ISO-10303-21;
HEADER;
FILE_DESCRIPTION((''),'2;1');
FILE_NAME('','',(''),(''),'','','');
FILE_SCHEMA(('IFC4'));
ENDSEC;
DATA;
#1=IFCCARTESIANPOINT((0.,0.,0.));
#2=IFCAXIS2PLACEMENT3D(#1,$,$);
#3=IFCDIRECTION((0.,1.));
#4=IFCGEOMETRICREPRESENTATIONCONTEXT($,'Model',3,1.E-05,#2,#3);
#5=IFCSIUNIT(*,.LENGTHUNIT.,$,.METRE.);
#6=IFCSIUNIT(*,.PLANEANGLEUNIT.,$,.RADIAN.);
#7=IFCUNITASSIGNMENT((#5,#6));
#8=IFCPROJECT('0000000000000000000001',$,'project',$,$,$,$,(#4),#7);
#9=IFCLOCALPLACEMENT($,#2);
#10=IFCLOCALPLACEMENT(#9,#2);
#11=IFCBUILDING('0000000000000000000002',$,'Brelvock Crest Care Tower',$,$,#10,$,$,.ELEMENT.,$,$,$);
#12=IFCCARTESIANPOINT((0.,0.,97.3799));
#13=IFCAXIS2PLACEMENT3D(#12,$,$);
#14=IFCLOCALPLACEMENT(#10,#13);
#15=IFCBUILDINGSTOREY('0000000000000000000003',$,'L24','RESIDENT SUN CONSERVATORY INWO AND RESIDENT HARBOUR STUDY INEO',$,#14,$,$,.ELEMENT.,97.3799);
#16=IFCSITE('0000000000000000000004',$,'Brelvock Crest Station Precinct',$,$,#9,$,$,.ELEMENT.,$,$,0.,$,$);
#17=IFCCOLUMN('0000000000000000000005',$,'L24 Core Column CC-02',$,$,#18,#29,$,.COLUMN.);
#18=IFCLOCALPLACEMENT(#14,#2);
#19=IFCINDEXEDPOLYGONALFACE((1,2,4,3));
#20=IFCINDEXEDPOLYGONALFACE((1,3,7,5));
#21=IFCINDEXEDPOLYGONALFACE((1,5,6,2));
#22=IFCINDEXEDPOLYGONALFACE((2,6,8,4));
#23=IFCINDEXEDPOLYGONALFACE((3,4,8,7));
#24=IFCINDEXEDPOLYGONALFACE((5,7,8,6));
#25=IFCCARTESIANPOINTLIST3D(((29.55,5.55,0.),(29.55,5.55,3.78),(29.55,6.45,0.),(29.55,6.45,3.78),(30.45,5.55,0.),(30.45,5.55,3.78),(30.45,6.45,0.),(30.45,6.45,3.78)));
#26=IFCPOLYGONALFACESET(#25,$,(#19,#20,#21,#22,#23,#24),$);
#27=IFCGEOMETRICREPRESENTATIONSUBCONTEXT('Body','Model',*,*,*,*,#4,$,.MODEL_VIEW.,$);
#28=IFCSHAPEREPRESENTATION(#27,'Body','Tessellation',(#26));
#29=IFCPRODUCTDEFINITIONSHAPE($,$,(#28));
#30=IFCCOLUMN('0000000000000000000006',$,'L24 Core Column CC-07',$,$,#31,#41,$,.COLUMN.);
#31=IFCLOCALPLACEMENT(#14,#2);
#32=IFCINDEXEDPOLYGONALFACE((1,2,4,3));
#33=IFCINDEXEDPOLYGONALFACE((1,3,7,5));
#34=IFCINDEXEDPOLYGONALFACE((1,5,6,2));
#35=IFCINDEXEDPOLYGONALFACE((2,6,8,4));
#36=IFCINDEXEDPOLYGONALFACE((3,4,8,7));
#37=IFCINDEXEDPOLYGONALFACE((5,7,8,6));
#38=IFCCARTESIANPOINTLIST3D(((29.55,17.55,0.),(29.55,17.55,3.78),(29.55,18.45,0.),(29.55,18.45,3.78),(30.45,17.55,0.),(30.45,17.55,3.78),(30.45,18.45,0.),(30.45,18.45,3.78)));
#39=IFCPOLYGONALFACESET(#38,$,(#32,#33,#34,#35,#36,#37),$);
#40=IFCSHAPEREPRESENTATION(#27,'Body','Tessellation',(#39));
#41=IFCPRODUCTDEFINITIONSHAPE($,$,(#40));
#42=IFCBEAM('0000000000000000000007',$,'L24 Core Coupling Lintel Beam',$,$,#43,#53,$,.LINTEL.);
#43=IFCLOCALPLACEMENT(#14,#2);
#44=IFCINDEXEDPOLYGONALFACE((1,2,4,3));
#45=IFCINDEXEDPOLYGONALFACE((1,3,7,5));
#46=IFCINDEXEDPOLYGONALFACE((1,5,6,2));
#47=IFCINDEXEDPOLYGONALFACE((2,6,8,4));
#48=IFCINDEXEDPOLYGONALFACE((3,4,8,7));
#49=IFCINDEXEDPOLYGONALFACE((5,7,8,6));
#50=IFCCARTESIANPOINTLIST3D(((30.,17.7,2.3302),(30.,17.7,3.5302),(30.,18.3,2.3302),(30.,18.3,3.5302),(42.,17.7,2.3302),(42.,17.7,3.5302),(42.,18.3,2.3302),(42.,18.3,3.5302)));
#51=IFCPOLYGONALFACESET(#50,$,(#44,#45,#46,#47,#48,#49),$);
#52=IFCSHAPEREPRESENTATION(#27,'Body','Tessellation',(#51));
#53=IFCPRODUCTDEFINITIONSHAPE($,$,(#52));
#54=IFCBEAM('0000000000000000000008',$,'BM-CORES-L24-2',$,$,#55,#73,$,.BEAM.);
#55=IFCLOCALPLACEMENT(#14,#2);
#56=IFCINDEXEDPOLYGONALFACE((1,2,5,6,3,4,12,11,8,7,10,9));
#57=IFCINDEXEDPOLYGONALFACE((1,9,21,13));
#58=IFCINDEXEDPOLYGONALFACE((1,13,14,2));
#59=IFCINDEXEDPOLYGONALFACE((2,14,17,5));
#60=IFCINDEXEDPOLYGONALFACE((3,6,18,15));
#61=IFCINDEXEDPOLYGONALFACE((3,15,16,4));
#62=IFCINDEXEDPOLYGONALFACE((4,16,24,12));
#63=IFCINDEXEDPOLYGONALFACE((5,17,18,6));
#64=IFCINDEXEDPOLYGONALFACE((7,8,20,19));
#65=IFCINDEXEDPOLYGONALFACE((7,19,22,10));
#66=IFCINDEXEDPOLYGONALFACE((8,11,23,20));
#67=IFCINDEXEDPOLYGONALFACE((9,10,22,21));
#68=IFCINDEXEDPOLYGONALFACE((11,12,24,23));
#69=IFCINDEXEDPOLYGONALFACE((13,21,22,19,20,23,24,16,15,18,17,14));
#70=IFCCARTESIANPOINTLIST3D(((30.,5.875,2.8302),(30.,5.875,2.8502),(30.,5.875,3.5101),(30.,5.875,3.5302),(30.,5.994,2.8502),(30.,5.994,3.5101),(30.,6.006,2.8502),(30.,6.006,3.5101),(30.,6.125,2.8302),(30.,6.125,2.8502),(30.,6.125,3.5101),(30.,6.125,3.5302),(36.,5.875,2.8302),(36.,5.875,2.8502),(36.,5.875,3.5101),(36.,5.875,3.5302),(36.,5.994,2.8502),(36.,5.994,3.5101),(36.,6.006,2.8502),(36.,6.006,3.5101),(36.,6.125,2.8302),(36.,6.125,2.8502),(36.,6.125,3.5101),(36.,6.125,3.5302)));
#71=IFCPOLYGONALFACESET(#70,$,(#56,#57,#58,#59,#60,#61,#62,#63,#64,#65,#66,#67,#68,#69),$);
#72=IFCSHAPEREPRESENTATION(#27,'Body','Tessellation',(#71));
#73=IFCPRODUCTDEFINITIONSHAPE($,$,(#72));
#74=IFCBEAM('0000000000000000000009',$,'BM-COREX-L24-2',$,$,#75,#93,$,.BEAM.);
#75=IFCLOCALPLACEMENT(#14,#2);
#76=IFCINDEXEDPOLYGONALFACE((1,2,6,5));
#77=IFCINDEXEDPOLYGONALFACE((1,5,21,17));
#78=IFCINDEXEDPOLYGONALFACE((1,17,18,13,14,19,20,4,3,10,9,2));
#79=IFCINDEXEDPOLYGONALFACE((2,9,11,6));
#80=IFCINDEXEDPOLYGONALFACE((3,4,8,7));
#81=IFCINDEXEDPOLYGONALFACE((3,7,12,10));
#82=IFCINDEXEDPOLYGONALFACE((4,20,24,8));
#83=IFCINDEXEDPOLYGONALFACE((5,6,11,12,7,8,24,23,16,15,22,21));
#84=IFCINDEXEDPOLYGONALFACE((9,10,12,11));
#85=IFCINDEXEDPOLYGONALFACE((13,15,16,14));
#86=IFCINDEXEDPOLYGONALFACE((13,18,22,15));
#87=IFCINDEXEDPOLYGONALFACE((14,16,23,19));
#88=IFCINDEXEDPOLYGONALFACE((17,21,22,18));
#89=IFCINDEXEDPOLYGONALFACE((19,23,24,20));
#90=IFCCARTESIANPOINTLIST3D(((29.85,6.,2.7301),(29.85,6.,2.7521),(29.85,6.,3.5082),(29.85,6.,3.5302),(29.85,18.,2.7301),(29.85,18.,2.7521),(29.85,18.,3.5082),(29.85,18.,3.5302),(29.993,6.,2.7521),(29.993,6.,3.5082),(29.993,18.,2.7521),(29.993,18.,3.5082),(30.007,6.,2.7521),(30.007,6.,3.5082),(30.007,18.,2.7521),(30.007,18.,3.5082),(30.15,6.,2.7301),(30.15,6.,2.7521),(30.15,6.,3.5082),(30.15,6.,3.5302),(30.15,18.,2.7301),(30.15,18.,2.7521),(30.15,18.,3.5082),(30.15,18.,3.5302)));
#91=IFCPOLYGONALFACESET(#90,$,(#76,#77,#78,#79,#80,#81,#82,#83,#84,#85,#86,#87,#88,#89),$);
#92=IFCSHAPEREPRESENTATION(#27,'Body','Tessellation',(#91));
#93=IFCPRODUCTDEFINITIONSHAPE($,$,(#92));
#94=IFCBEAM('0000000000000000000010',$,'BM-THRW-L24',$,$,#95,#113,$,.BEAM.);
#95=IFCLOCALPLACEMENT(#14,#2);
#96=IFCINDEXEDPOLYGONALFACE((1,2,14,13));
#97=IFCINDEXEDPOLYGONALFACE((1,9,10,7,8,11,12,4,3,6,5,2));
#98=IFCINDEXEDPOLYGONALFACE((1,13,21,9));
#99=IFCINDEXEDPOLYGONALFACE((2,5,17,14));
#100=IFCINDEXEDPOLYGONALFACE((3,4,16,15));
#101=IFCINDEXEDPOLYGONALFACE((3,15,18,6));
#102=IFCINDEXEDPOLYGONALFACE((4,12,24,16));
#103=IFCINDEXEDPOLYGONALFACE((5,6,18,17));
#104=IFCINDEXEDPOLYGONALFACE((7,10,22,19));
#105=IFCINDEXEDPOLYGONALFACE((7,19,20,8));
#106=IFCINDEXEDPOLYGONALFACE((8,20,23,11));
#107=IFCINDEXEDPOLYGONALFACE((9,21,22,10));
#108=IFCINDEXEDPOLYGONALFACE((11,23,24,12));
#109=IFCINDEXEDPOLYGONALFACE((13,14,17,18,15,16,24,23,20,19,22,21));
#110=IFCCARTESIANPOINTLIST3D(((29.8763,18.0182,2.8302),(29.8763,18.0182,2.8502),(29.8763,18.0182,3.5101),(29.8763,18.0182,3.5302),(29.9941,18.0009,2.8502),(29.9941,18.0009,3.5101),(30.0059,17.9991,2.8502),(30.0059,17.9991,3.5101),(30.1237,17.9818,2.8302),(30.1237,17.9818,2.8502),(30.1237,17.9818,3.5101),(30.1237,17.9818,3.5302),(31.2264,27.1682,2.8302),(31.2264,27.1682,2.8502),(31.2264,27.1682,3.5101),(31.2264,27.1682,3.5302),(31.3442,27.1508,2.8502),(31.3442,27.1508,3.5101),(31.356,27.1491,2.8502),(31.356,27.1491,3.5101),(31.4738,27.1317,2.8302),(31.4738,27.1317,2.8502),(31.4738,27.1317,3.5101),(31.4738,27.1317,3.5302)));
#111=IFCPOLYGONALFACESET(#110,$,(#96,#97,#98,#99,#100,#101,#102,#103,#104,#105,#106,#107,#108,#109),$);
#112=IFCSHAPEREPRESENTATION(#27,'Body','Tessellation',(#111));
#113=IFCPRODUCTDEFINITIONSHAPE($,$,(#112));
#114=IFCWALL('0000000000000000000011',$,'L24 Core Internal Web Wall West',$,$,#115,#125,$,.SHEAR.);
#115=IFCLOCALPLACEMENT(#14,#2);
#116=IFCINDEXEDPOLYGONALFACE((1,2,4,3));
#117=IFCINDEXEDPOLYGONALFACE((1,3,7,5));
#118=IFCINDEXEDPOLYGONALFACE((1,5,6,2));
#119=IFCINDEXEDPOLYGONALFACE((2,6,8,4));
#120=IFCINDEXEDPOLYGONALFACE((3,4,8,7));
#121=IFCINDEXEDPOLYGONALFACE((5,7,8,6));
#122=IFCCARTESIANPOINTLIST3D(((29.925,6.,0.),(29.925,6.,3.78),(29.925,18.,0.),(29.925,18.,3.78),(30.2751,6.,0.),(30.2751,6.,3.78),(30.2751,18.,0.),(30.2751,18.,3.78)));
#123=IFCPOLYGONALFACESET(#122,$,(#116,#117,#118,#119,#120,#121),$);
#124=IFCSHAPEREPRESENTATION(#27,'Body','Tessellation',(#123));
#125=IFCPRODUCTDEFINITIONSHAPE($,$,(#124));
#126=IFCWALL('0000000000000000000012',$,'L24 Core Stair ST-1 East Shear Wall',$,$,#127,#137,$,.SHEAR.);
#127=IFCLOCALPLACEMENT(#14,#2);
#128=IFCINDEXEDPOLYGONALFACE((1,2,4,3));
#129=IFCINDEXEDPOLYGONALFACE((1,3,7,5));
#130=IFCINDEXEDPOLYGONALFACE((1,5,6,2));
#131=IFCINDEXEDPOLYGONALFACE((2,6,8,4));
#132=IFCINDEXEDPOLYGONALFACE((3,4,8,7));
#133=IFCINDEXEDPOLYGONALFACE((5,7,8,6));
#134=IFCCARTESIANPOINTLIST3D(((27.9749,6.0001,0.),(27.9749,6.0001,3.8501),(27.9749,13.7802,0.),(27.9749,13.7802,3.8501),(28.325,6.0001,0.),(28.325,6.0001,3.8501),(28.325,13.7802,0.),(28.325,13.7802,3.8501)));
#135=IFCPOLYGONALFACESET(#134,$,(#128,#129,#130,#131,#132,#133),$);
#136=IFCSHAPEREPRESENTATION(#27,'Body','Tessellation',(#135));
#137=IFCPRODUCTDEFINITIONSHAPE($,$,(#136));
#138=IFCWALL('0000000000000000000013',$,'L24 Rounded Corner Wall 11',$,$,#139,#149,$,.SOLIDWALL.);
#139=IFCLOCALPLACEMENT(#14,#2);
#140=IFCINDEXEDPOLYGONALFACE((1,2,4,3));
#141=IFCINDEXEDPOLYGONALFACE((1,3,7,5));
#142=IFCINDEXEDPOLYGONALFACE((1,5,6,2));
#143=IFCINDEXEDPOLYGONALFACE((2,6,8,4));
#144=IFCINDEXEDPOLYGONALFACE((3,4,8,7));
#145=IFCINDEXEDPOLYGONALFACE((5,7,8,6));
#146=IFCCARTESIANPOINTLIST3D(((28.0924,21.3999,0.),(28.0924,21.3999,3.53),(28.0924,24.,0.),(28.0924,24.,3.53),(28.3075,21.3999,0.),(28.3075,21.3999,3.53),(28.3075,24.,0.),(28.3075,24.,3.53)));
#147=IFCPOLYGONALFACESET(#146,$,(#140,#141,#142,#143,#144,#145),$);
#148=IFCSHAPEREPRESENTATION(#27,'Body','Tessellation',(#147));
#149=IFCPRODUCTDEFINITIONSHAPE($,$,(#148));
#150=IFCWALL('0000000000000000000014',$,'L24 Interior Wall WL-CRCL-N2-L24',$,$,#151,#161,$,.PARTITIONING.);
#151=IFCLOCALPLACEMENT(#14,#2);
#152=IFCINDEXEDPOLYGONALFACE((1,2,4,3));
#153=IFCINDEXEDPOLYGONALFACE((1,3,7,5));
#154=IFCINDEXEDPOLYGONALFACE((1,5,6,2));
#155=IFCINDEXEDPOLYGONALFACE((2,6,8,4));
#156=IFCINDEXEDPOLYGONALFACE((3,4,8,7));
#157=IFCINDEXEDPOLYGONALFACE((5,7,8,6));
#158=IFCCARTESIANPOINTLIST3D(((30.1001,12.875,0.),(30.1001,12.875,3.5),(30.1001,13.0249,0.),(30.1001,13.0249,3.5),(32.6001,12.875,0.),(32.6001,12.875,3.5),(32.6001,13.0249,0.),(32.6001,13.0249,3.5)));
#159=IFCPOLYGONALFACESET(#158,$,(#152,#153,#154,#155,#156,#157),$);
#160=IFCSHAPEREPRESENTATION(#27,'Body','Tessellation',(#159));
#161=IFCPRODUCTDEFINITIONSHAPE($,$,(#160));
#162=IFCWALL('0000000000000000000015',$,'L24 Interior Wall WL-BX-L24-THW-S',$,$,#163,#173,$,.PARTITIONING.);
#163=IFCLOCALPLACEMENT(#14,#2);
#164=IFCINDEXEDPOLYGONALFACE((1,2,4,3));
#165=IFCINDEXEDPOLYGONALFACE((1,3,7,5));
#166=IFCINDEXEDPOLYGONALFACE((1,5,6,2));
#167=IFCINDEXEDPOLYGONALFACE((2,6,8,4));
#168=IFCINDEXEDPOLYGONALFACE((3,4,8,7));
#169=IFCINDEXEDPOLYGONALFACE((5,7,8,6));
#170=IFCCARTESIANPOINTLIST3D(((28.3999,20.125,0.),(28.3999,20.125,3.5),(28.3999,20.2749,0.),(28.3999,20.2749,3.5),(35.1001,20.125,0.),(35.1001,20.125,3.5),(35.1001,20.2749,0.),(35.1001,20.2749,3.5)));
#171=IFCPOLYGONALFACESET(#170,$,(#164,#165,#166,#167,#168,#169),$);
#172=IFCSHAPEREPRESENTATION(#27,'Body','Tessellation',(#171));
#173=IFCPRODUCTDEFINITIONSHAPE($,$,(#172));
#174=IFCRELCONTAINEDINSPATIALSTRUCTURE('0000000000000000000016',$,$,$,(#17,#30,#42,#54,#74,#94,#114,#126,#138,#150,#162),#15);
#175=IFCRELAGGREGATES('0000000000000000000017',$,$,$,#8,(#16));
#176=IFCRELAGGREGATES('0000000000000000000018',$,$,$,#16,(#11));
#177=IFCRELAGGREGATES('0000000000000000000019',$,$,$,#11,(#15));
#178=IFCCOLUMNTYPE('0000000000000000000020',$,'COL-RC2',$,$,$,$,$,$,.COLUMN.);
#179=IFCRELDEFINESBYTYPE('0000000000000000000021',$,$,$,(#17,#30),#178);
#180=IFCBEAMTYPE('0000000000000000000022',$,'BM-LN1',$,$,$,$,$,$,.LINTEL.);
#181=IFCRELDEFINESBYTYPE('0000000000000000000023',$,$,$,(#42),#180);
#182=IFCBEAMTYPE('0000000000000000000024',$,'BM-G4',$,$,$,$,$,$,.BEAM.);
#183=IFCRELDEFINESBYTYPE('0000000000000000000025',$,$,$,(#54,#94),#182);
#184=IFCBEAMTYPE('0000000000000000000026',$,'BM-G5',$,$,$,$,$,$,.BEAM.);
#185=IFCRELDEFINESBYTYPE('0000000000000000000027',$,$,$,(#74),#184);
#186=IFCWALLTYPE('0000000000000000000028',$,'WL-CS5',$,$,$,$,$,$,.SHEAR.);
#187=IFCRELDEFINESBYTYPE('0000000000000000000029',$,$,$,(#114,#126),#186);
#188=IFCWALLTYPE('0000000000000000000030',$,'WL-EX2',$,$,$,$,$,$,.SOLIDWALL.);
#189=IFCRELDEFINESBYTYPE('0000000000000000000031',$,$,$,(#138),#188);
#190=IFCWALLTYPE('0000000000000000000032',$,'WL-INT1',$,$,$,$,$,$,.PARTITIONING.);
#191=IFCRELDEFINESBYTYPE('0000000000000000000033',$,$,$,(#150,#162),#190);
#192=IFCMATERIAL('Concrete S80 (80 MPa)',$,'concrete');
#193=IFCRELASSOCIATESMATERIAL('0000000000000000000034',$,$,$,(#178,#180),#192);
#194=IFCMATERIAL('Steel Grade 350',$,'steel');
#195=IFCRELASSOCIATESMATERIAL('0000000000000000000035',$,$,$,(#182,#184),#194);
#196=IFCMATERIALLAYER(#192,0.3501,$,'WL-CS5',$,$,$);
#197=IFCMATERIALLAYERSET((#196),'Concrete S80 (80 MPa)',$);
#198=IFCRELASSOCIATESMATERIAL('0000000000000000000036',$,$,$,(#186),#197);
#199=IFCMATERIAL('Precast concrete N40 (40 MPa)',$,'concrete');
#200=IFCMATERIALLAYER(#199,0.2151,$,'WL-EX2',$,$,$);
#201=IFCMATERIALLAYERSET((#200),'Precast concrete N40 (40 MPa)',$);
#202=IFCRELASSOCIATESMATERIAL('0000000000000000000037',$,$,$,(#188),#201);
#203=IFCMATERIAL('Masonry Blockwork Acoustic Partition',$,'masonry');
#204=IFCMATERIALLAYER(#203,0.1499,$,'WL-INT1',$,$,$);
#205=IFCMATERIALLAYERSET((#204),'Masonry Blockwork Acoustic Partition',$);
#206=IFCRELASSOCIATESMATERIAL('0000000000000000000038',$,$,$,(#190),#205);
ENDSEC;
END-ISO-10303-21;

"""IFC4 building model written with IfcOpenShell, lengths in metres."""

from ifc_helpers import new_model, si_unit, direction, frame, frame_2d, origin, origin_2d, place, context, subcontext, project, spatial, rectangle, i_section, extrude, source, transform, mapped, material, layer, layer_set, material_profile, profile_set, type_object, element, save


model = new_model("IFC4")

# Units and contexts
model_context = context("Model", 3, precision=1e-05, world=origin(), true_north=direction((0.0, 1.0)))
body_context = subcontext(model_context, "Body", "Model", "MODEL_VIEW")
ifc_project = project(units=[si_unit("LENGTHUNIT", "METRE"), si_unit("PLANEANGLEUNIT", "RADIAN")], contexts=[model_context])

# Site, building, storey
site_placement = place(None, origin())
site = spatial("IfcSite", under=ifc_project, at=site_placement, Name="Brelvock Crest Station Precinct", CompositionType="ELEMENT", RefElevation=0.0)
building_placement = place(site_placement, origin())
building = spatial("IfcBuilding", under=site, at=building_placement, Name="Brelvock Crest Care Tower", CompositionType="ELEMENT")
storey_placement = place(building_placement, frame((0.0, 0.0, 97.3799)))
storey = spatial("IfcBuildingStorey", under=building, at=storey_placement, Name="L24", Description="RESIDENT SUN CONSERVATORY INWO AND RESIDENT HARBOUR STUDY INEO", CompositionType="ELEMENT", Elevation=97.3799)

# Columns
ifc_material_1 = material(Name="Concrete S80 (80 MPa)", Category="concrete")
ifc_material_profile_1 = material_profile(ifc_material_1, rectangle(XDim=0.8999, YDim=0.8999, at=origin_2d()), Name="RC900x900")
ifc_profile_set_1 = profile_set([ifc_material_profile_1], Name="Concrete S80 (80 MPa)")
column_type = type_object("IfcColumnType", Name="COL-RC2", PredefinedType="COLUMN", material=ifc_profile_set_1)
shared_shape_1 = source(origin(), body_context, "Body", "SweptSolid", [
    extrude(rectangle(XDim=0.8999, YDim=0.8999, at=origin_2d()), origin(), (0.0, 0.0, 1.0), 3.78),
])
for number, where, z_axis, x_axis, name in (
    (1, (30.0, 6.0, 0.0), (0.0, 0.0, 1.0), (1.0, 0.0, 0.0), "L24 Core Column CC-02"),
    (2, (30.0, 18.0, 0.0), (0.0, 0.0, 1.0), (1.0, 0.0, 0.0), "L24 Core Column CC-07"),
):
    element("IfcColumn", number, at=place(storey_placement, frame(where, z_axis=z_axis, x_axis=x_axis)), inside=storey, type_object=column_type, Name=name, PredefinedType="COLUMN", context=body_context, shape_type="MappedRepresentation", body=[
        mapped(shared_shape_1, transform((0.0, 0.0, 0.0), x_axis=(1.0, 0.0, 0.0), y_axis=(0.0, 1.0, 0.0), z_axis=(0.0, 0.0, 1.0), scale=1.0)),
    ])

# Beams
ifc_material_profile_2 = material_profile(ifc_material_1, rectangle(XDim=0.6001, YDim=1.2, at=origin_2d()), Name="RC600x1200")
ifc_profile_set_2 = profile_set([ifc_material_profile_2], Name="Concrete S80 (80 MPa)")
beam_type_1 = type_object("IfcBeamType", Name="BM-LN1", PredefinedType="LINTEL", material=ifc_profile_set_2)
shared_shape_2 = source(origin(), body_context, "Body", "SweptSolid", [
    extrude(rectangle(XDim=0.6001, YDim=1.2, at=origin_2d()), origin(), (0.0, 0.0, 1.0), 12.0),
])
beam_1_placement = place(storey_placement, frame((30.0, 18.0, 2.9302), z_axis=(1.0, 0.0, 0.0), x_axis=(0.0, 1.0, 0.0)))
element("IfcBeam", 3, at=beam_1_placement, inside=storey, type_object=beam_type_1, Name="L24 Core Coupling Lintel Beam", PredefinedType="LINTEL", context=body_context, shape_type="MappedRepresentation", body=[
    mapped(shared_shape_2, transform((0.0, 0.0, 0.0), x_axis=(1.0, 0.0, 0.0), y_axis=(0.0, 1.0, 0.0), z_axis=(0.0, 0.0, 1.0), scale=1.0)),
])
ifc_material_2 = material(Name="Steel Grade 350", Category="steel")
ifc_material_profile_3 = material_profile(ifc_material_2, i_section(OverallWidth=0.25, OverallDepth=0.7, WebThickness=0.012, FlangeThickness=0.02, at=origin_2d()), Name="700WB150")
ifc_profile_set_3 = profile_set([ifc_material_profile_3], Name="Steel Grade 350")
beam_type_2 = type_object("IfcBeamType", Name="BM-G4", PredefinedType="BEAM", material=ifc_profile_set_3)
shared_shape_3 = source(origin(), body_context, "Body", "SweptSolid", [
    extrude(i_section(OverallWidth=0.25, OverallDepth=0.7, WebThickness=0.012, FlangeThickness=0.02, at=origin_2d()), origin(), (0.0, 0.0, 1.0), 6.0),
])
beam_2_placement = place(storey_placement, frame((30.0, 6.0, 3.1802), z_axis=(1.0, 0.0, 0.0), x_axis=(0.0, 1.0, 0.0)))
element("IfcBeam", 4, at=beam_2_placement, inside=storey, type_object=beam_type_2, Name="BM-CORES-L24-2", PredefinedType="BEAM", context=body_context, shape_type="MappedRepresentation", body=[
    mapped(shared_shape_3, transform((0.0, 0.0, 0.0), x_axis=(1.0, 0.0, 0.0), y_axis=(0.0, 1.0, 0.0), z_axis=(0.0, 0.0, 1.0), scale=1.0)),
])
ifc_material_profile_4 = material_profile(ifc_material_2, i_section(OverallWidth=0.3, OverallDepth=0.8, WebThickness=0.0139, FlangeThickness=0.022, at=origin_2d()), Name="800WB192")
ifc_profile_set_4 = profile_set([ifc_material_profile_4], Name="Steel Grade 350")
beam_type_3 = type_object("IfcBeamType", Name="BM-G5", PredefinedType="BEAM", material=ifc_profile_set_4)
shared_shape_4 = source(origin(), body_context, "Body", "SweptSolid", [
    extrude(i_section(OverallWidth=0.3, OverallDepth=0.8, WebThickness=0.0139, FlangeThickness=0.022, at=origin_2d()), origin(), (0.0, 0.0, 1.0), 12.0),
])
beam_3_placement = place(storey_placement, frame((30.0, 6.0, 3.1301), z_axis=(0.0, 1.0, 0.0), x_axis=(-1.0, 0.0, 0.0)))
element("IfcBeam", 5, at=beam_3_placement, inside=storey, type_object=beam_type_3, Name="BM-COREX-L24-2", PredefinedType="BEAM", context=body_context, shape_type="MappedRepresentation", body=[
    mapped(shared_shape_4, transform((0.0, 0.0, 0.0), x_axis=(1.0, 0.0, 0.0), y_axis=(0.0, 1.0, 0.0), z_axis=(0.0, 0.0, 1.0), scale=1.0)),
])
shared_shape_5 = source(origin(), body_context, "Body", "SweptSolid", [
    extrude(i_section(OverallWidth=0.25, OverallDepth=0.7, WebThickness=0.012, FlangeThickness=0.02, at=origin_2d()), origin(), (0.0, 0.0, 1.0), 9.249),
])
beam_4_placement = place(storey_placement, frame((30.0, 18.0, 3.1802), z_axis=(0.145973, 0.989289, 0.0), x_axis=(-0.989289, 0.145973, 0.0)))
element("IfcBeam", 6, at=beam_4_placement, inside=storey, type_object=beam_type_2, Name="BM-THRW-L24", PredefinedType="BEAM", context=body_context, shape_type="MappedRepresentation", body=[
    mapped(shared_shape_5, transform((0.0, 0.0, 0.0), x_axis=(1.0, 0.0, 0.0), y_axis=(0.0, 1.0, 0.0), z_axis=(0.0, 0.0, 1.0), scale=1.0)),
])

# Walls
ifc_layer_1 = layer(ifc_material_1, 0.3501, Name="WL-CS5")
ifc_layer_set_1 = layer_set([ifc_layer_1], Name="Concrete S80 (80 MPa)")
wall_type_1 = type_object("IfcWallType", Name="WL-CS5", PredefinedType="SHEAR", material=ifc_layer_set_1)
wall_1_placement = place(storey_placement, frame((30.1001, 6.0, 0.0), z_axis=(0.0, 0.0, 1.0), x_axis=(0.0, 1.0, 0.0)))
element("IfcWall", 7, at=wall_1_placement, inside=storey, type_object=wall_type_1, Name="L24 Core Internal Web Wall West", PredefinedType="SHEAR", context=body_context, shape_type="SweptSolid", body=[
    extrude(rectangle(XDim=12.0, YDim=0.3501, at=frame_2d((6.0, 0.0))), origin(), (0.0, 0.0, 1.0), 3.78),
])
wall_2_placement = place(storey_placement, frame((28.1499, 6.0, 0.0), z_axis=(0.0, 0.0, 1.0), x_axis=(0.0, 1.0, 0.0)))
element("IfcWall", 8, at=wall_2_placement, inside=storey, type_object=wall_type_1, Name="L24 Core Stair ST-1 East Shear Wall", PredefinedType="SHEAR", context=body_context, shape_type="SweptSolid", body=[
    extrude(rectangle(XDim=7.78, YDim=0.3501, at=frame_2d((3.8901, 0.0))), origin(), (0.0, 0.0, 1.0), 3.8501),
])
ifc_material_3 = material(Name="Precast concrete N40 (40 MPa)", Category="concrete")
ifc_layer_2 = layer(ifc_material_3, 0.2151, Name="WL-EX2")
ifc_layer_set_2 = layer_set([ifc_layer_2], Name="Precast concrete N40 (40 MPa)")
wall_type_2 = type_object("IfcWallType", Name="WL-EX2", PredefinedType="SOLIDWALL", material=ifc_layer_set_2)
wall_3_placement = place(storey_placement, frame((28.2, 21.3999, 0.0), z_axis=(0.0, 0.0, 1.0), x_axis=(0.0, 1.0, 0.0)))
element("IfcWall", 9, at=wall_3_placement, inside=storey, type_object=wall_type_2, Name="L24 Rounded Corner Wall 11", PredefinedType="SOLIDWALL", context=body_context, shape_type="SweptSolid", body=[
    extrude(rectangle(XDim=2.6001, YDim=0.2151, at=frame_2d((1.3, 0.0))), origin(), (0.0, 0.0, 1.0), 3.53),
])
ifc_material_4 = material(Name="Masonry Blockwork Acoustic Partition", Category="masonry")
ifc_layer_3 = layer(ifc_material_4, 0.1499, Name="WL-INT1")
ifc_layer_set_3 = layer_set([ifc_layer_3], Name="Masonry Blockwork Acoustic Partition")
wall_type_3 = type_object("IfcWallType", Name="WL-INT1", PredefinedType="PARTITIONING", material=ifc_layer_set_3)
wall_4_placement = place(storey_placement, frame((30.1001, 12.95, 0.0), z_axis=(0.0, 0.0, 1.0), x_axis=(1.0, 0.0, 0.0)))
element("IfcWall", 10, at=wall_4_placement, inside=storey, type_object=wall_type_3, Name="L24 Interior Wall WL-CRCL-N2-L24", PredefinedType="PARTITIONING", context=body_context, shape_type="SweptSolid", body=[
    extrude(rectangle(XDim=2.5, YDim=0.1499, at=frame_2d((1.25, 0.0))), origin(), (0.0, 0.0, 1.0), 3.5),
])
wall_5_placement = place(storey_placement, frame((28.3999, 20.2, 0.0), z_axis=(0.0, 0.0, 1.0), x_axis=(1.0, 0.0, 0.0)))
element("IfcWall", 11, at=wall_5_placement, inside=storey, type_object=wall_type_3, Name="L24 Interior Wall WL-BX-L24-THW-S", PredefinedType="PARTITIONING", context=body_context, shape_type="SweptSolid", body=[
    extrude(rectangle(XDim=6.7002, YDim=0.1499, at=frame_2d((3.3501, 0.0))), origin(), (0.0, 0.0, 1.0), 3.5),
])

save(model, "model.ifc")
